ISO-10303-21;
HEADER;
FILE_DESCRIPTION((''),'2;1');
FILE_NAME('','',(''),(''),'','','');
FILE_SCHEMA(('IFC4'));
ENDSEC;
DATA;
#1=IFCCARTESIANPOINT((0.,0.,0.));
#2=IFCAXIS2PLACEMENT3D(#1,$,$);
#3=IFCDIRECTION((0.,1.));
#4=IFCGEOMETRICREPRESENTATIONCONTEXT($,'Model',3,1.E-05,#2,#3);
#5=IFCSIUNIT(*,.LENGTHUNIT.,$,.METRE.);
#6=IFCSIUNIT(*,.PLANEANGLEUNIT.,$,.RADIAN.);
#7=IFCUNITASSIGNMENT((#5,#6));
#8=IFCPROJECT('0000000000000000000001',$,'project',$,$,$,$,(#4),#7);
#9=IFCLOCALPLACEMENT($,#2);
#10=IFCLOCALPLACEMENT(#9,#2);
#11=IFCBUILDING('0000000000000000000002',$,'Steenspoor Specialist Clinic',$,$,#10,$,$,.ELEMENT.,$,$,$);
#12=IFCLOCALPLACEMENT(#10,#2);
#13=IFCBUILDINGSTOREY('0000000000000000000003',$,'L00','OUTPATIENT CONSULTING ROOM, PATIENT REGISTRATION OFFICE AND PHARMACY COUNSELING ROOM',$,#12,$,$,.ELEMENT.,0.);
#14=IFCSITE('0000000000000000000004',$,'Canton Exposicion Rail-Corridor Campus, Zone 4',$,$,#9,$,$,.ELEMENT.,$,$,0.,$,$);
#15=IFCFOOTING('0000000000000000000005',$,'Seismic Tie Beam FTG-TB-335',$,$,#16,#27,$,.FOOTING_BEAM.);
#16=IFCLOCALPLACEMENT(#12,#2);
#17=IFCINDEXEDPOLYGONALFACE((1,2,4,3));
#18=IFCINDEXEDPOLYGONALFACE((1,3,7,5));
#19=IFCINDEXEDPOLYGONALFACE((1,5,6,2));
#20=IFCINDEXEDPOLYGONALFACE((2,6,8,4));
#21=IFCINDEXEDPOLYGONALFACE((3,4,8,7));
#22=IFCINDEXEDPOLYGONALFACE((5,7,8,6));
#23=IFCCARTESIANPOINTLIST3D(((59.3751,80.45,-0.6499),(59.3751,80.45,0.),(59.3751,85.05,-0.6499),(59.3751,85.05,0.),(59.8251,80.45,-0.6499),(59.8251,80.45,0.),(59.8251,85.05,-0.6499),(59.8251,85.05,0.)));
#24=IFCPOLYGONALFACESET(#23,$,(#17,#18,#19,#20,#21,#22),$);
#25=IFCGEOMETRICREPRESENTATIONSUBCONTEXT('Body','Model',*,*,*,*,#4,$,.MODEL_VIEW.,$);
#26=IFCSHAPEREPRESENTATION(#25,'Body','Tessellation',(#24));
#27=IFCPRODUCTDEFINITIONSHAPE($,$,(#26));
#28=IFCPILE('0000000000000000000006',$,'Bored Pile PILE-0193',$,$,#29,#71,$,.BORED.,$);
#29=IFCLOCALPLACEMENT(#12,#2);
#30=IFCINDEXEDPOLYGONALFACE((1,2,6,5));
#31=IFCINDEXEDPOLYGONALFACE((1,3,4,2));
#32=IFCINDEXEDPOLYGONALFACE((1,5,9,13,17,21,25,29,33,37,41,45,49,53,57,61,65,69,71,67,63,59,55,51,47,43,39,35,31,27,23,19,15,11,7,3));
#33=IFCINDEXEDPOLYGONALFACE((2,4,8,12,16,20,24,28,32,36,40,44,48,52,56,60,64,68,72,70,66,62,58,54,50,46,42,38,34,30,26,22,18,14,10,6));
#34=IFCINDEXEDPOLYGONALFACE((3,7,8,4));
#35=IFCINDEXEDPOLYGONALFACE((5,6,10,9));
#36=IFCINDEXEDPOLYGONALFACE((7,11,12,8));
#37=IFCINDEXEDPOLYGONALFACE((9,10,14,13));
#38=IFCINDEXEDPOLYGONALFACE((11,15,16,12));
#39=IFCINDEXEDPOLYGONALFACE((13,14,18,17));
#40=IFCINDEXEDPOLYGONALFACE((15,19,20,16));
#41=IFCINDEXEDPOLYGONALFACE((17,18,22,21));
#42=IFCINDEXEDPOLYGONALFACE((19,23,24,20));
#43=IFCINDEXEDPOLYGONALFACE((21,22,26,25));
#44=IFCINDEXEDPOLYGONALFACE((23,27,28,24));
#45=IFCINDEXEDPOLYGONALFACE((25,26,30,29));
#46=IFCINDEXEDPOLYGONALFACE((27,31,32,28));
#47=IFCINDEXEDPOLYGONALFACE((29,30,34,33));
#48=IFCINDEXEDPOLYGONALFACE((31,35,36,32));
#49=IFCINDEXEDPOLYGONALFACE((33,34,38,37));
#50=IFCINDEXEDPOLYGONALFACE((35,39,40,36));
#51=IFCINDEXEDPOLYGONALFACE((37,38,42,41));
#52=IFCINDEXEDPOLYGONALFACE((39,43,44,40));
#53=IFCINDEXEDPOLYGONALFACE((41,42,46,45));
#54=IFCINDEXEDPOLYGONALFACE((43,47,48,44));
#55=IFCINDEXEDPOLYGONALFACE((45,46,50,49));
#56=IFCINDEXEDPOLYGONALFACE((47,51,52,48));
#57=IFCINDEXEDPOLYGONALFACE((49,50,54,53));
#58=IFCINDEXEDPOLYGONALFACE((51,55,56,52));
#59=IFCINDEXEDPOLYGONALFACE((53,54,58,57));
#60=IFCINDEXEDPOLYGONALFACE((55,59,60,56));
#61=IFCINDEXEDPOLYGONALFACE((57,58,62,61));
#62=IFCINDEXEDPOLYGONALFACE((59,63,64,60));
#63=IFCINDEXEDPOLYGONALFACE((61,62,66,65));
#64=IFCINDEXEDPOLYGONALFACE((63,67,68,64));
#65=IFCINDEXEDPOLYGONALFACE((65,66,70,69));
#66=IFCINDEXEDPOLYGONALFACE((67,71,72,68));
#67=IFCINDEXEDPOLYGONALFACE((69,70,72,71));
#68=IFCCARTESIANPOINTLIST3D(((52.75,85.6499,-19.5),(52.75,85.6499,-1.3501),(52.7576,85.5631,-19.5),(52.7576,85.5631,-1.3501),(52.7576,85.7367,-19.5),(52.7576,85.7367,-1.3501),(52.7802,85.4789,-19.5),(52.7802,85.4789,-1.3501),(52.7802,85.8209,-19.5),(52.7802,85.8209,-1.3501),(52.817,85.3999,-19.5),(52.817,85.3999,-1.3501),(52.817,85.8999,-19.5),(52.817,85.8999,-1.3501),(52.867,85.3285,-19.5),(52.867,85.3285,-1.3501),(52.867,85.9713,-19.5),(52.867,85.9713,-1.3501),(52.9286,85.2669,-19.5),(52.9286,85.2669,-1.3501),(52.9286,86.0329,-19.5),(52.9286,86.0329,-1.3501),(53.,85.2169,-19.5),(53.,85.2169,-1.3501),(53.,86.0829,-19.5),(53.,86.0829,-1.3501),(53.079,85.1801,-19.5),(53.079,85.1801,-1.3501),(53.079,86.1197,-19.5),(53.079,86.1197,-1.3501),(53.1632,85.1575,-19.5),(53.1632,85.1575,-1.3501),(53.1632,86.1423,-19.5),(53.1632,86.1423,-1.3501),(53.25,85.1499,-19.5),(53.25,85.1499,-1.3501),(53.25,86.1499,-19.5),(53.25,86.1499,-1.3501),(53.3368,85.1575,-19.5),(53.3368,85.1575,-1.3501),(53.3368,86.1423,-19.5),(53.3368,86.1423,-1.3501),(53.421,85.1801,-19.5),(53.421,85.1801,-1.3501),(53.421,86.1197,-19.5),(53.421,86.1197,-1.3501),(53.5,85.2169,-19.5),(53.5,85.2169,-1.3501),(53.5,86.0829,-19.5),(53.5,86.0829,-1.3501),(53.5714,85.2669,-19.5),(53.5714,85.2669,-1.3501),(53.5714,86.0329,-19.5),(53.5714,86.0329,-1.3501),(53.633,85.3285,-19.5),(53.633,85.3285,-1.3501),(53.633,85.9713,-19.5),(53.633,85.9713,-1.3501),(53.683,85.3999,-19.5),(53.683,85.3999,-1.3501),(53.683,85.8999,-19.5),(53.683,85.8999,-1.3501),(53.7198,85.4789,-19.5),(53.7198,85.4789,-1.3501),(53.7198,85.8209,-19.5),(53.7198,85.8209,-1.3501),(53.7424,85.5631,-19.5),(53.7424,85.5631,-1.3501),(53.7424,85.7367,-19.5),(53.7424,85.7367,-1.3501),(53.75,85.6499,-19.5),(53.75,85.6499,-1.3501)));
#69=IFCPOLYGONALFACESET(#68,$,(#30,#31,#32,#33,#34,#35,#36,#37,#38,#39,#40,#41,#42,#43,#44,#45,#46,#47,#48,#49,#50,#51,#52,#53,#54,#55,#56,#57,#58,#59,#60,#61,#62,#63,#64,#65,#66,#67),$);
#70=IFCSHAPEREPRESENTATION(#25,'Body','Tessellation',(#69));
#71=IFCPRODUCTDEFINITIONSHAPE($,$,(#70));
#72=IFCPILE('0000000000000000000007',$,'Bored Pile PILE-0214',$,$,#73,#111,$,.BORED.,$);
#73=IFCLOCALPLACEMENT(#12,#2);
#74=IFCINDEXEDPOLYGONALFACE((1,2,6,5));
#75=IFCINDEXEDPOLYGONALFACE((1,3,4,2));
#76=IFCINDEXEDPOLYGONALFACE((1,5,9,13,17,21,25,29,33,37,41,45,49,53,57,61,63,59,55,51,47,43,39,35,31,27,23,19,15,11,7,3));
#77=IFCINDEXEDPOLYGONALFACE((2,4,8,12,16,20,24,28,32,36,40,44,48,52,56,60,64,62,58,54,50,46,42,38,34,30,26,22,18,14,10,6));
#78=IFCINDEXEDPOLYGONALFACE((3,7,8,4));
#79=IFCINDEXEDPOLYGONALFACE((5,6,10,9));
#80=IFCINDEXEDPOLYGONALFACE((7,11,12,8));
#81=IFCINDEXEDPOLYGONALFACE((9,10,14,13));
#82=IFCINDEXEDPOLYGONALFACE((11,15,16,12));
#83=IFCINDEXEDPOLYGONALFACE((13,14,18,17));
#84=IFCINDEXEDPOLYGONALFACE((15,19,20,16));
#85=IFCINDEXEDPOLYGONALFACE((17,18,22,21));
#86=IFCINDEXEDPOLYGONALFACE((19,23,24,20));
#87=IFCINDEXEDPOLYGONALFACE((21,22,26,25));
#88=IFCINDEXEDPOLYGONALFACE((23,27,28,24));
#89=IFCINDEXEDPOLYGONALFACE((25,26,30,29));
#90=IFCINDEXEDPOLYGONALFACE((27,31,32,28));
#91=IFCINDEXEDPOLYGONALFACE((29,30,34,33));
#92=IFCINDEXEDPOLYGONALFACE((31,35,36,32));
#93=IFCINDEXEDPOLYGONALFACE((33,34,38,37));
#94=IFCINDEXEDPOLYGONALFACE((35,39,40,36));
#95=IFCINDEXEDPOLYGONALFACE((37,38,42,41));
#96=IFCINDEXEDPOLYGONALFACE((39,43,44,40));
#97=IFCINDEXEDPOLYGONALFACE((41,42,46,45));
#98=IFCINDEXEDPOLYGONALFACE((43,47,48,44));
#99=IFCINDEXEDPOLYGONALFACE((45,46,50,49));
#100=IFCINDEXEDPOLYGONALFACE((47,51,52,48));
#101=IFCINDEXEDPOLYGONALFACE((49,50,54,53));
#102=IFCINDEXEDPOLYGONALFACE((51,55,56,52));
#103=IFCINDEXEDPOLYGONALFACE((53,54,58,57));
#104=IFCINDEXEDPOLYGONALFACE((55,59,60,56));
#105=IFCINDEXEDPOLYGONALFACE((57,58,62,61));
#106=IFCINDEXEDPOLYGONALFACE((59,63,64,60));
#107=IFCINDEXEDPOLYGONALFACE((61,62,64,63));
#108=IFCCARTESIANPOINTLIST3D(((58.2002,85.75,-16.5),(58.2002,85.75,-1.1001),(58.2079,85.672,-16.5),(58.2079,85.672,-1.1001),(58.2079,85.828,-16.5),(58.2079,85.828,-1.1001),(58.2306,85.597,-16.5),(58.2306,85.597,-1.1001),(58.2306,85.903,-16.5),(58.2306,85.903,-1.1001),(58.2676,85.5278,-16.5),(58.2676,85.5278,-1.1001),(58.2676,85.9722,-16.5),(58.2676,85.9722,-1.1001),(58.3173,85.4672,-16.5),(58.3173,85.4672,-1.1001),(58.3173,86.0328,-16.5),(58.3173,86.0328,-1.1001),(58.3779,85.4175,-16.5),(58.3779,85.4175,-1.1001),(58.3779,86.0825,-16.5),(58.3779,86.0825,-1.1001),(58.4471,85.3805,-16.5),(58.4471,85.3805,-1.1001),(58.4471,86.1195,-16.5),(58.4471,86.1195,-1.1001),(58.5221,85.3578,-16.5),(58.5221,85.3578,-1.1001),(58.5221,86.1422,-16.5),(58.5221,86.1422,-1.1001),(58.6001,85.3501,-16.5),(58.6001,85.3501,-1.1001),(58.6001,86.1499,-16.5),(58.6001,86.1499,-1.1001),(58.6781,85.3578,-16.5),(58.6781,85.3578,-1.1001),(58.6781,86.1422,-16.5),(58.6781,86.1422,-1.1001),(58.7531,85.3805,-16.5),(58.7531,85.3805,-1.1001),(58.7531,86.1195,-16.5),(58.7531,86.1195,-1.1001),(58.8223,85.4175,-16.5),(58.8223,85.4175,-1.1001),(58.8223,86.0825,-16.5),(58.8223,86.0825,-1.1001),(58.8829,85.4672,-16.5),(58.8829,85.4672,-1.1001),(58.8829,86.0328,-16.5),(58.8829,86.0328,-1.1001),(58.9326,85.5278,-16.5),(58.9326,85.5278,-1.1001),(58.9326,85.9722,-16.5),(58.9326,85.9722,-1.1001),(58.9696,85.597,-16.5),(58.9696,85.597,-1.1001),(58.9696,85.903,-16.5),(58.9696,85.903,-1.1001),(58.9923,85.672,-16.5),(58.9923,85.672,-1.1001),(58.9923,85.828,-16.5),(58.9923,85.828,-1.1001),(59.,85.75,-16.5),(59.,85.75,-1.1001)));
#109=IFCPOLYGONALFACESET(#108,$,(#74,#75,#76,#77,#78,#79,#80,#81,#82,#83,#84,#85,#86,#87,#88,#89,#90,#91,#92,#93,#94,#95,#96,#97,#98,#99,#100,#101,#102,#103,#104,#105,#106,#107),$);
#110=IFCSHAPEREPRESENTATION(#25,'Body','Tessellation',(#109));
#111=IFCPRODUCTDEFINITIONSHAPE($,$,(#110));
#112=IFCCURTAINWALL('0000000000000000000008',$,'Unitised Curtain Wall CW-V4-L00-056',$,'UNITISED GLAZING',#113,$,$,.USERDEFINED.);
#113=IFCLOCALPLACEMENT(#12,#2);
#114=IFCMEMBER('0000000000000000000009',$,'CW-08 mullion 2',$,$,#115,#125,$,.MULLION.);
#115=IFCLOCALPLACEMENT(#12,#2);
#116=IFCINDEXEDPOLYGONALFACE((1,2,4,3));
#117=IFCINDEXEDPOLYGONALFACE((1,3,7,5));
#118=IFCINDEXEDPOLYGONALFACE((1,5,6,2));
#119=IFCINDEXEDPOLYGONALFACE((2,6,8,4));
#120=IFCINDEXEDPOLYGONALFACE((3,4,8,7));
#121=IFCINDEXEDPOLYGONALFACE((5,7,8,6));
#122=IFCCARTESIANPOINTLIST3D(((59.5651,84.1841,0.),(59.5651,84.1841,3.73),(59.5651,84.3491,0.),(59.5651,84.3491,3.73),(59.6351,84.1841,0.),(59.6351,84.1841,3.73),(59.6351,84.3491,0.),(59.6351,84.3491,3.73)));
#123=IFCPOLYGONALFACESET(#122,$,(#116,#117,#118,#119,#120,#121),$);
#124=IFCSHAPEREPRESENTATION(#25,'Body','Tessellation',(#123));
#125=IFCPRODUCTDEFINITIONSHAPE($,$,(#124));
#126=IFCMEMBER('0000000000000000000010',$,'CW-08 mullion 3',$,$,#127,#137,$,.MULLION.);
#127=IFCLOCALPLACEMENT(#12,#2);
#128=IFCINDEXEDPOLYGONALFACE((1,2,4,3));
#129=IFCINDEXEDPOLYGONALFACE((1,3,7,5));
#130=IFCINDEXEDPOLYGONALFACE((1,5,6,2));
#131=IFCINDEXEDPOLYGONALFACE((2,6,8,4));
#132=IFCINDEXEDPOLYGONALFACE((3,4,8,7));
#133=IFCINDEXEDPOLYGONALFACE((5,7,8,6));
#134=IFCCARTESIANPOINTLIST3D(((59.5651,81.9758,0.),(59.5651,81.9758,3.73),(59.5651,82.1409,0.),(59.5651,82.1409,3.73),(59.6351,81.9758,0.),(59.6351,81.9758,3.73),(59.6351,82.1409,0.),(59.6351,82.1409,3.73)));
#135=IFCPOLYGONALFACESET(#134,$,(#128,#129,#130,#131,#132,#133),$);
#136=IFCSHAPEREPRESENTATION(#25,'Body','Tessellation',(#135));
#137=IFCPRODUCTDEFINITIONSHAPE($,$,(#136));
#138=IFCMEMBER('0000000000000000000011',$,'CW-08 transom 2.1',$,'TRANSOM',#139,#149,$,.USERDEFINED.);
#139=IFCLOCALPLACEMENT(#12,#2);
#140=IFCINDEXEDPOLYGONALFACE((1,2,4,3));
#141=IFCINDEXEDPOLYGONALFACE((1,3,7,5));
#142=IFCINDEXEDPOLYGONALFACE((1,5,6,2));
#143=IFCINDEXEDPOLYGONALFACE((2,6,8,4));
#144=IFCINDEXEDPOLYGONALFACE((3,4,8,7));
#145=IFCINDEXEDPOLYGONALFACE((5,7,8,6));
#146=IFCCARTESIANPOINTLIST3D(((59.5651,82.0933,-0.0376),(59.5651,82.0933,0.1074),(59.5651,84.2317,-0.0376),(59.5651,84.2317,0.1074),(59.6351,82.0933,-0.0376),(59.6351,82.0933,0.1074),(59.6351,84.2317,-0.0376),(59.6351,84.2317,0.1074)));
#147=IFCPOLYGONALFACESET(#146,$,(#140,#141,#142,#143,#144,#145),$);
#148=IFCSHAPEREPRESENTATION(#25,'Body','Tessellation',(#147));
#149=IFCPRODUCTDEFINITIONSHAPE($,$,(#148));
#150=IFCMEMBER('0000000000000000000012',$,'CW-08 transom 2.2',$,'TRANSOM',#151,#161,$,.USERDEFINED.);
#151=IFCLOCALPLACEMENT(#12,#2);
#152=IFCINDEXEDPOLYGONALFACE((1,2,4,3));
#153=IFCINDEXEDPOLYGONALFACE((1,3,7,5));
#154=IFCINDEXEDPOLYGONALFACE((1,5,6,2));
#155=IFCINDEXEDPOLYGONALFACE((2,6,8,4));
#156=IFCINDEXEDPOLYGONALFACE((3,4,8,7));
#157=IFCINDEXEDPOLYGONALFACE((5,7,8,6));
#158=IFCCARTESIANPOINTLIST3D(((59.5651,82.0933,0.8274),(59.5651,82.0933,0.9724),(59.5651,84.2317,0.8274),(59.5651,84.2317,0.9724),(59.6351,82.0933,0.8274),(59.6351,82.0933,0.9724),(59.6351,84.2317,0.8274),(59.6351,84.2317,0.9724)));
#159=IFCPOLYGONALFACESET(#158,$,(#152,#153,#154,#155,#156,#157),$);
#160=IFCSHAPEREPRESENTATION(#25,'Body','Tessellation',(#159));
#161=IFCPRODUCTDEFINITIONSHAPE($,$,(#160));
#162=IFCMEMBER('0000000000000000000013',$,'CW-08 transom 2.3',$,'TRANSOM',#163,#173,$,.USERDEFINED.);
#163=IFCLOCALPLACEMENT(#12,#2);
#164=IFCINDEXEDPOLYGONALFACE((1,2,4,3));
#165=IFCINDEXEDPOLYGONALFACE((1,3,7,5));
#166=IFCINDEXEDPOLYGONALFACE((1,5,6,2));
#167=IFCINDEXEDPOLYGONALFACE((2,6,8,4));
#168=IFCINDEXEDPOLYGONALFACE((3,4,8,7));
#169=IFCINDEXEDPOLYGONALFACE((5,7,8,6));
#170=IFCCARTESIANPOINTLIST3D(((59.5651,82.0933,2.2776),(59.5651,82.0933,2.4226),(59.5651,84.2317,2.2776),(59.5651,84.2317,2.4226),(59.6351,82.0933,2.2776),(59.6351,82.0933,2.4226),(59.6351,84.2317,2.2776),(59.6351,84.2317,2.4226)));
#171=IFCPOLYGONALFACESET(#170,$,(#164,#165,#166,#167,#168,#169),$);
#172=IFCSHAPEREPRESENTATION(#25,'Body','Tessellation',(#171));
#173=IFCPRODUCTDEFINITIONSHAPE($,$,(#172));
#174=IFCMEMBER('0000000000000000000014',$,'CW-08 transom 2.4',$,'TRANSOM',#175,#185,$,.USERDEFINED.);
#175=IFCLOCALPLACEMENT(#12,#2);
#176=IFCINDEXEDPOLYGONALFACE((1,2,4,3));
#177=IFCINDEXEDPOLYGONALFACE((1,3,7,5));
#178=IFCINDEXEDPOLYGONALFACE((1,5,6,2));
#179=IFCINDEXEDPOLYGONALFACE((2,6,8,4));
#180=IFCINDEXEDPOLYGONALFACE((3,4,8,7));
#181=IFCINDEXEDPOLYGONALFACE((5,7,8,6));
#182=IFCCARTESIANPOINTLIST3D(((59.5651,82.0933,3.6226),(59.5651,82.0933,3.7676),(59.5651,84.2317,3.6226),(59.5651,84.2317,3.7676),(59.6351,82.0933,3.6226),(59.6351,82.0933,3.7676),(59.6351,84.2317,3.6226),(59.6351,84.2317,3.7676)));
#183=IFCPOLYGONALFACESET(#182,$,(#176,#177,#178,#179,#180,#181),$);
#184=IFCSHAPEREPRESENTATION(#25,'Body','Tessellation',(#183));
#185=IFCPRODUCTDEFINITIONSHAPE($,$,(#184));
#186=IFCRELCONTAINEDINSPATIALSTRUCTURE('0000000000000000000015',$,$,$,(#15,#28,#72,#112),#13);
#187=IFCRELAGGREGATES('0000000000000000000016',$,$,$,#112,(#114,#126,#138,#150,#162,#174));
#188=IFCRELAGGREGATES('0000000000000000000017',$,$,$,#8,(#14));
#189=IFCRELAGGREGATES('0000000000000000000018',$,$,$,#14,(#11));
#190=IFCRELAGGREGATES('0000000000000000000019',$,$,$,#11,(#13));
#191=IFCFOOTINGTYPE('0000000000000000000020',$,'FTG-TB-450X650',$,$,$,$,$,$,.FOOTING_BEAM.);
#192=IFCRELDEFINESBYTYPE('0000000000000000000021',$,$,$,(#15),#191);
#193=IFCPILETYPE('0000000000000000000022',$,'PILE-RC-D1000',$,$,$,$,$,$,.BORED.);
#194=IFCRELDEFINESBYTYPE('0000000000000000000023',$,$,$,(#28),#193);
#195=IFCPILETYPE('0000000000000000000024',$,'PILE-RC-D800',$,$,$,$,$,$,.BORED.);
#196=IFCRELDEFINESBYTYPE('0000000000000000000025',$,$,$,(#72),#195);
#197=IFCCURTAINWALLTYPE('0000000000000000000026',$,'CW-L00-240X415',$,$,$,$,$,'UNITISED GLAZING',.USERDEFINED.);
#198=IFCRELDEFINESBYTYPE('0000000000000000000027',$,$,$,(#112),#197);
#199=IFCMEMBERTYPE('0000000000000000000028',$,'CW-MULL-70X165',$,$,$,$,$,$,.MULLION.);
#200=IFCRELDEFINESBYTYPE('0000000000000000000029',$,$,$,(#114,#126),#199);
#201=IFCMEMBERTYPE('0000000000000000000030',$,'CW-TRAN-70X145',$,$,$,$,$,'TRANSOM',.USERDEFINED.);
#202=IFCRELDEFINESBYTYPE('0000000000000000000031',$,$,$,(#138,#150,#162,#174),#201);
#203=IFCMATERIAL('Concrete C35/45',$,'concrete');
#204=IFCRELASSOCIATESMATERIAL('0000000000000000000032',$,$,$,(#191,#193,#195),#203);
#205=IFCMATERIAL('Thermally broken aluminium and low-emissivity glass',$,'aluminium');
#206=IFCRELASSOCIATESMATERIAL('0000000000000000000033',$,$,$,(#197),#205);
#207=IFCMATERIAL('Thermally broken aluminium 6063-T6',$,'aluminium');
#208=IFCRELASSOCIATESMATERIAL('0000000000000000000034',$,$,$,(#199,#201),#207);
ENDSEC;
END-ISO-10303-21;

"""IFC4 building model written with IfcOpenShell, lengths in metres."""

from ifc_helpers import new_model, si_unit, direction, frame, origin, origin_2d, place, context, subcontext, project, spatial, rectangle, circle, extrude, material, material_profile, profile_set, type_object, element, aggregate, save


model = new_model("IFC4")

# Units and contexts
model_context = context("Model", 3, precision=1e-05, world=origin(), true_north=direction((0.0, 1.0)))
body_context = subcontext(model_context, "Body", "Model", "MODEL_VIEW")
ifc_project = project(units=[si_unit("LENGTHUNIT", "METRE"), si_unit("PLANEANGLEUNIT", "RADIAN")], contexts=[model_context])

# Site, building, storey
site_placement = place(None, origin())
site = spatial("IfcSite", under=ifc_project, at=site_placement, Name="Canton Exposicion Rail-Corridor Campus, Zone 4", CompositionType="ELEMENT", RefElevation=0.0)
building_placement = place(site_placement, origin())
building = spatial("IfcBuilding", under=site, at=building_placement, Name="Steenspoor Specialist Clinic", CompositionType="ELEMENT")
storey_placement = place(building_placement, origin())
storey = spatial("IfcBuildingStorey", under=building, at=storey_placement, Name="L00", Description="OUTPATIENT CONSULTING ROOM, PATIENT REGISTRATION OFFICE AND PHARMACY COUNSELING ROOM", CompositionType="ELEMENT", Elevation=0.0)

# Footing
ifc_material_1 = material(Name="Concrete C35/45", Category="concrete")
footing_type = type_object("IfcFootingType", Name="FTG-TB-450X650", PredefinedType="FOOTING_BEAM", material=ifc_material_1)
footing_placement = place(storey_placement, frame((59.6001, 82.75, -0.6499), z_axis=(0.0, 0.0, 1.0), x_axis=(1.0, 0.0, 0.0)))
element("IfcFooting", 1, at=footing_placement, inside=storey, type_object=footing_type, Name="Seismic Tie Beam FTG-TB-335", PredefinedType="FOOTING_BEAM", context=body_context, shape_type="SweptSolid", body=[
    extrude(rectangle(XDim=0.45, YDim=4.6001, at=origin_2d()), origin(), (0.0, 0.0, 1.0), 0.6499),
])

# Piles
ifc_material_profile_1 = material_profile(ifc_material_1, circle(Radius=0.5, at=origin_2d()), Name="PILE-D1000")
ifc_profile_set_1 = profile_set([ifc_material_profile_1], Name="Concrete C35/45")
pile_type_1 = type_object("IfcPileType", Name="PILE-RC-D1000", PredefinedType="BORED", material=ifc_profile_set_1)
pile_1_placement = place(storey_placement, frame((53.25, 85.6499, -1.3501), z_axis=(0.0, 0.0, -1.0), x_axis=(1.0, 0.0, 0.0)))
element("IfcPile", 2, at=pile_1_placement, inside=storey, type_object=pile_type_1, Name="Bored Pile PILE-0193", PredefinedType="BORED", context=body_context, shape_type="SweptSolid", body=[
    extrude(circle(Radius=0.5, at=origin_2d()), origin(), (0.0, 0.0, 1.0), 18.1499),
])
ifc_material_profile_2 = material_profile(ifc_material_1, circle(Radius=0.3999, at=origin_2d()), Name="PILE-D800")
ifc_profile_set_2 = profile_set([ifc_material_profile_2], Name="Concrete C35/45")
pile_type_2 = type_object("IfcPileType", Name="PILE-RC-D800", PredefinedType="BORED", material=ifc_profile_set_2)
pile_2_placement = place(storey_placement, frame((58.6001, 85.75, -1.1001), z_axis=(0.0, 0.0, -1.0), x_axis=(1.0, 0.0, 0.0)))
element("IfcPile", 3, at=pile_2_placement, inside=storey, type_object=pile_type_2, Name="Bored Pile PILE-0214", PredefinedType="BORED", context=body_context, shape_type="SweptSolid", body=[
    extrude(circle(Radius=0.3999, at=origin_2d()), origin(), (0.0, 0.0, 1.0), 15.3999),
])

# Curtain wall, members
ifc_material_2 = material(Name="Thermally broken aluminium and low-emissivity glass", Category="aluminium")
curtain_wall_type = type_object("IfcCurtainWallType", Name="CW-L00-240X415", ElementType="UNITISED GLAZING", PredefinedType="USERDEFINED", material=ifc_material_2)
curtain_wall_placement = place(storey_placement, origin())
curtain_wall = element("IfcCurtainWall", 4, at=curtain_wall_placement, inside=storey, type_object=curtain_wall_type, Name="Unitised Curtain Wall CW-V4-L00-056", ObjectType="UNITISED GLAZING", PredefinedType="USERDEFINED")
ifc_material_3 = material(Name="Thermally broken aluminium 6063-T6", Category="aluminium")
ifc_material_profile_3 = material_profile(ifc_material_3, rectangle(XDim=0.0701, YDim=0.165, at=origin_2d()), Name="CWM-70X165")
ifc_profile_set_3 = profile_set([ifc_material_profile_3], Name="Thermally broken aluminium 6063-T6")
member_type_1 = type_object("IfcMemberType", Name="CW-MULL-70X165", PredefinedType="MULLION", material=ifc_profile_set_3)
member_1_placement = place(storey_placement, frame((59.6001, 84.2666, 0.0), z_axis=(0.0, 0.0, 1.0), x_axis=(1.0, 0.0, 0.0)))
member_1 = element("IfcMember", 5, at=member_1_placement, type_object=member_type_1, Name="CW-08 mullion 2", PredefinedType="MULLION", context=body_context, shape_type="SweptSolid", body=[
    extrude(rectangle(XDim=0.0701, YDim=0.165, at=origin_2d()), origin(), (0.0, 0.0, 1.0), 3.73),
])
member_2_placement = place(storey_placement, frame((59.6001, 82.0583, 0.0), z_axis=(0.0, 0.0, 1.0), x_axis=(1.0, 0.0, 0.0)))
member_2 = element("IfcMember", 6, at=member_2_placement, type_object=member_type_1, Name="CW-08 mullion 3", PredefinedType="MULLION", context=body_context, shape_type="SweptSolid", body=[
    extrude(rectangle(XDim=0.0701, YDim=0.165, at=origin_2d()), origin(), (0.0, 0.0, 1.0), 3.73),
])
ifc_material_profile_4 = material_profile(ifc_material_3, rectangle(XDim=0.0701, YDim=0.145, at=origin_2d()), Name="CWT-70X145")
ifc_profile_set_4 = profile_set([ifc_material_profile_4], Name="Thermally broken aluminium 6063-T6")
member_type_2 = type_object("IfcMemberType", Name="CW-TRAN-70X145", ElementType="TRANSOM", PredefinedType="USERDEFINED", material=ifc_profile_set_4)
member_3_placement = place(storey_placement, frame((59.6001, 84.2317, 0.0349), z_axis=(0.0, -1.0, 0.0), x_axis=(1.0, 0.0, 0.0)))
member_3 = element("IfcMember", 7, at=member_3_placement, type_object=member_type_2, Name="CW-08 transom 2.1", ObjectType="TRANSOM", PredefinedType="USERDEFINED", context=body_context, shape_type="SweptSolid", body=[
    extrude(rectangle(XDim=0.0701, YDim=0.145, at=origin_2d()), origin(), (0.0, 0.0, 1.0), 2.1384),
])
member_4_placement = place(storey_placement, frame((59.6001, 84.2317, 0.8999), z_axis=(0.0, -1.0, 0.0), x_axis=(1.0, 0.0, 0.0)))
member_4 = element("IfcMember", 8, at=member_4_placement, type_object=member_type_2, Name="CW-08 transom 2.2", ObjectType="TRANSOM", PredefinedType="USERDEFINED", context=body_context, shape_type="SweptSolid", body=[
    extrude(rectangle(XDim=0.0701, YDim=0.145, at=origin_2d()), origin(), (0.0, 0.0, 1.0), 2.1384),
])
member_5_placement = place(storey_placement, frame((59.6001, 84.2317, 2.3501), z_axis=(0.0, -1.0, 0.0), x_axis=(1.0, 0.0, 0.0)))
member_5 = element("IfcMember", 9, at=member_5_placement, type_object=member_type_2, Name="CW-08 transom 2.3", ObjectType="TRANSOM", PredefinedType="USERDEFINED", context=body_context, shape_type="SweptSolid", body=[
    extrude(rectangle(XDim=0.0701, YDim=0.145, at=origin_2d()), origin(), (0.0, 0.0, 1.0), 2.1384),
])
member_6_placement = place(storey_placement, frame((59.6001, 84.2317, 3.6951), z_axis=(0.0, -1.0, 0.0), x_axis=(1.0, 0.0, 0.0)))
member_6 = element("IfcMember", 10, at=member_6_placement, type_object=member_type_2, Name="CW-08 transom 2.4", ObjectType="TRANSOM", PredefinedType="USERDEFINED", context=body_context, shape_type="SweptSolid", body=[
    extrude(rectangle(XDim=0.0701, YDim=0.145, at=origin_2d()), origin(), (0.0, 0.0, 1.0), 2.1384),
])

aggregate(curtain_wall, [member_1, member_2, member_3, member_4, member_5, member_6])

save(model, "model.ifc")
